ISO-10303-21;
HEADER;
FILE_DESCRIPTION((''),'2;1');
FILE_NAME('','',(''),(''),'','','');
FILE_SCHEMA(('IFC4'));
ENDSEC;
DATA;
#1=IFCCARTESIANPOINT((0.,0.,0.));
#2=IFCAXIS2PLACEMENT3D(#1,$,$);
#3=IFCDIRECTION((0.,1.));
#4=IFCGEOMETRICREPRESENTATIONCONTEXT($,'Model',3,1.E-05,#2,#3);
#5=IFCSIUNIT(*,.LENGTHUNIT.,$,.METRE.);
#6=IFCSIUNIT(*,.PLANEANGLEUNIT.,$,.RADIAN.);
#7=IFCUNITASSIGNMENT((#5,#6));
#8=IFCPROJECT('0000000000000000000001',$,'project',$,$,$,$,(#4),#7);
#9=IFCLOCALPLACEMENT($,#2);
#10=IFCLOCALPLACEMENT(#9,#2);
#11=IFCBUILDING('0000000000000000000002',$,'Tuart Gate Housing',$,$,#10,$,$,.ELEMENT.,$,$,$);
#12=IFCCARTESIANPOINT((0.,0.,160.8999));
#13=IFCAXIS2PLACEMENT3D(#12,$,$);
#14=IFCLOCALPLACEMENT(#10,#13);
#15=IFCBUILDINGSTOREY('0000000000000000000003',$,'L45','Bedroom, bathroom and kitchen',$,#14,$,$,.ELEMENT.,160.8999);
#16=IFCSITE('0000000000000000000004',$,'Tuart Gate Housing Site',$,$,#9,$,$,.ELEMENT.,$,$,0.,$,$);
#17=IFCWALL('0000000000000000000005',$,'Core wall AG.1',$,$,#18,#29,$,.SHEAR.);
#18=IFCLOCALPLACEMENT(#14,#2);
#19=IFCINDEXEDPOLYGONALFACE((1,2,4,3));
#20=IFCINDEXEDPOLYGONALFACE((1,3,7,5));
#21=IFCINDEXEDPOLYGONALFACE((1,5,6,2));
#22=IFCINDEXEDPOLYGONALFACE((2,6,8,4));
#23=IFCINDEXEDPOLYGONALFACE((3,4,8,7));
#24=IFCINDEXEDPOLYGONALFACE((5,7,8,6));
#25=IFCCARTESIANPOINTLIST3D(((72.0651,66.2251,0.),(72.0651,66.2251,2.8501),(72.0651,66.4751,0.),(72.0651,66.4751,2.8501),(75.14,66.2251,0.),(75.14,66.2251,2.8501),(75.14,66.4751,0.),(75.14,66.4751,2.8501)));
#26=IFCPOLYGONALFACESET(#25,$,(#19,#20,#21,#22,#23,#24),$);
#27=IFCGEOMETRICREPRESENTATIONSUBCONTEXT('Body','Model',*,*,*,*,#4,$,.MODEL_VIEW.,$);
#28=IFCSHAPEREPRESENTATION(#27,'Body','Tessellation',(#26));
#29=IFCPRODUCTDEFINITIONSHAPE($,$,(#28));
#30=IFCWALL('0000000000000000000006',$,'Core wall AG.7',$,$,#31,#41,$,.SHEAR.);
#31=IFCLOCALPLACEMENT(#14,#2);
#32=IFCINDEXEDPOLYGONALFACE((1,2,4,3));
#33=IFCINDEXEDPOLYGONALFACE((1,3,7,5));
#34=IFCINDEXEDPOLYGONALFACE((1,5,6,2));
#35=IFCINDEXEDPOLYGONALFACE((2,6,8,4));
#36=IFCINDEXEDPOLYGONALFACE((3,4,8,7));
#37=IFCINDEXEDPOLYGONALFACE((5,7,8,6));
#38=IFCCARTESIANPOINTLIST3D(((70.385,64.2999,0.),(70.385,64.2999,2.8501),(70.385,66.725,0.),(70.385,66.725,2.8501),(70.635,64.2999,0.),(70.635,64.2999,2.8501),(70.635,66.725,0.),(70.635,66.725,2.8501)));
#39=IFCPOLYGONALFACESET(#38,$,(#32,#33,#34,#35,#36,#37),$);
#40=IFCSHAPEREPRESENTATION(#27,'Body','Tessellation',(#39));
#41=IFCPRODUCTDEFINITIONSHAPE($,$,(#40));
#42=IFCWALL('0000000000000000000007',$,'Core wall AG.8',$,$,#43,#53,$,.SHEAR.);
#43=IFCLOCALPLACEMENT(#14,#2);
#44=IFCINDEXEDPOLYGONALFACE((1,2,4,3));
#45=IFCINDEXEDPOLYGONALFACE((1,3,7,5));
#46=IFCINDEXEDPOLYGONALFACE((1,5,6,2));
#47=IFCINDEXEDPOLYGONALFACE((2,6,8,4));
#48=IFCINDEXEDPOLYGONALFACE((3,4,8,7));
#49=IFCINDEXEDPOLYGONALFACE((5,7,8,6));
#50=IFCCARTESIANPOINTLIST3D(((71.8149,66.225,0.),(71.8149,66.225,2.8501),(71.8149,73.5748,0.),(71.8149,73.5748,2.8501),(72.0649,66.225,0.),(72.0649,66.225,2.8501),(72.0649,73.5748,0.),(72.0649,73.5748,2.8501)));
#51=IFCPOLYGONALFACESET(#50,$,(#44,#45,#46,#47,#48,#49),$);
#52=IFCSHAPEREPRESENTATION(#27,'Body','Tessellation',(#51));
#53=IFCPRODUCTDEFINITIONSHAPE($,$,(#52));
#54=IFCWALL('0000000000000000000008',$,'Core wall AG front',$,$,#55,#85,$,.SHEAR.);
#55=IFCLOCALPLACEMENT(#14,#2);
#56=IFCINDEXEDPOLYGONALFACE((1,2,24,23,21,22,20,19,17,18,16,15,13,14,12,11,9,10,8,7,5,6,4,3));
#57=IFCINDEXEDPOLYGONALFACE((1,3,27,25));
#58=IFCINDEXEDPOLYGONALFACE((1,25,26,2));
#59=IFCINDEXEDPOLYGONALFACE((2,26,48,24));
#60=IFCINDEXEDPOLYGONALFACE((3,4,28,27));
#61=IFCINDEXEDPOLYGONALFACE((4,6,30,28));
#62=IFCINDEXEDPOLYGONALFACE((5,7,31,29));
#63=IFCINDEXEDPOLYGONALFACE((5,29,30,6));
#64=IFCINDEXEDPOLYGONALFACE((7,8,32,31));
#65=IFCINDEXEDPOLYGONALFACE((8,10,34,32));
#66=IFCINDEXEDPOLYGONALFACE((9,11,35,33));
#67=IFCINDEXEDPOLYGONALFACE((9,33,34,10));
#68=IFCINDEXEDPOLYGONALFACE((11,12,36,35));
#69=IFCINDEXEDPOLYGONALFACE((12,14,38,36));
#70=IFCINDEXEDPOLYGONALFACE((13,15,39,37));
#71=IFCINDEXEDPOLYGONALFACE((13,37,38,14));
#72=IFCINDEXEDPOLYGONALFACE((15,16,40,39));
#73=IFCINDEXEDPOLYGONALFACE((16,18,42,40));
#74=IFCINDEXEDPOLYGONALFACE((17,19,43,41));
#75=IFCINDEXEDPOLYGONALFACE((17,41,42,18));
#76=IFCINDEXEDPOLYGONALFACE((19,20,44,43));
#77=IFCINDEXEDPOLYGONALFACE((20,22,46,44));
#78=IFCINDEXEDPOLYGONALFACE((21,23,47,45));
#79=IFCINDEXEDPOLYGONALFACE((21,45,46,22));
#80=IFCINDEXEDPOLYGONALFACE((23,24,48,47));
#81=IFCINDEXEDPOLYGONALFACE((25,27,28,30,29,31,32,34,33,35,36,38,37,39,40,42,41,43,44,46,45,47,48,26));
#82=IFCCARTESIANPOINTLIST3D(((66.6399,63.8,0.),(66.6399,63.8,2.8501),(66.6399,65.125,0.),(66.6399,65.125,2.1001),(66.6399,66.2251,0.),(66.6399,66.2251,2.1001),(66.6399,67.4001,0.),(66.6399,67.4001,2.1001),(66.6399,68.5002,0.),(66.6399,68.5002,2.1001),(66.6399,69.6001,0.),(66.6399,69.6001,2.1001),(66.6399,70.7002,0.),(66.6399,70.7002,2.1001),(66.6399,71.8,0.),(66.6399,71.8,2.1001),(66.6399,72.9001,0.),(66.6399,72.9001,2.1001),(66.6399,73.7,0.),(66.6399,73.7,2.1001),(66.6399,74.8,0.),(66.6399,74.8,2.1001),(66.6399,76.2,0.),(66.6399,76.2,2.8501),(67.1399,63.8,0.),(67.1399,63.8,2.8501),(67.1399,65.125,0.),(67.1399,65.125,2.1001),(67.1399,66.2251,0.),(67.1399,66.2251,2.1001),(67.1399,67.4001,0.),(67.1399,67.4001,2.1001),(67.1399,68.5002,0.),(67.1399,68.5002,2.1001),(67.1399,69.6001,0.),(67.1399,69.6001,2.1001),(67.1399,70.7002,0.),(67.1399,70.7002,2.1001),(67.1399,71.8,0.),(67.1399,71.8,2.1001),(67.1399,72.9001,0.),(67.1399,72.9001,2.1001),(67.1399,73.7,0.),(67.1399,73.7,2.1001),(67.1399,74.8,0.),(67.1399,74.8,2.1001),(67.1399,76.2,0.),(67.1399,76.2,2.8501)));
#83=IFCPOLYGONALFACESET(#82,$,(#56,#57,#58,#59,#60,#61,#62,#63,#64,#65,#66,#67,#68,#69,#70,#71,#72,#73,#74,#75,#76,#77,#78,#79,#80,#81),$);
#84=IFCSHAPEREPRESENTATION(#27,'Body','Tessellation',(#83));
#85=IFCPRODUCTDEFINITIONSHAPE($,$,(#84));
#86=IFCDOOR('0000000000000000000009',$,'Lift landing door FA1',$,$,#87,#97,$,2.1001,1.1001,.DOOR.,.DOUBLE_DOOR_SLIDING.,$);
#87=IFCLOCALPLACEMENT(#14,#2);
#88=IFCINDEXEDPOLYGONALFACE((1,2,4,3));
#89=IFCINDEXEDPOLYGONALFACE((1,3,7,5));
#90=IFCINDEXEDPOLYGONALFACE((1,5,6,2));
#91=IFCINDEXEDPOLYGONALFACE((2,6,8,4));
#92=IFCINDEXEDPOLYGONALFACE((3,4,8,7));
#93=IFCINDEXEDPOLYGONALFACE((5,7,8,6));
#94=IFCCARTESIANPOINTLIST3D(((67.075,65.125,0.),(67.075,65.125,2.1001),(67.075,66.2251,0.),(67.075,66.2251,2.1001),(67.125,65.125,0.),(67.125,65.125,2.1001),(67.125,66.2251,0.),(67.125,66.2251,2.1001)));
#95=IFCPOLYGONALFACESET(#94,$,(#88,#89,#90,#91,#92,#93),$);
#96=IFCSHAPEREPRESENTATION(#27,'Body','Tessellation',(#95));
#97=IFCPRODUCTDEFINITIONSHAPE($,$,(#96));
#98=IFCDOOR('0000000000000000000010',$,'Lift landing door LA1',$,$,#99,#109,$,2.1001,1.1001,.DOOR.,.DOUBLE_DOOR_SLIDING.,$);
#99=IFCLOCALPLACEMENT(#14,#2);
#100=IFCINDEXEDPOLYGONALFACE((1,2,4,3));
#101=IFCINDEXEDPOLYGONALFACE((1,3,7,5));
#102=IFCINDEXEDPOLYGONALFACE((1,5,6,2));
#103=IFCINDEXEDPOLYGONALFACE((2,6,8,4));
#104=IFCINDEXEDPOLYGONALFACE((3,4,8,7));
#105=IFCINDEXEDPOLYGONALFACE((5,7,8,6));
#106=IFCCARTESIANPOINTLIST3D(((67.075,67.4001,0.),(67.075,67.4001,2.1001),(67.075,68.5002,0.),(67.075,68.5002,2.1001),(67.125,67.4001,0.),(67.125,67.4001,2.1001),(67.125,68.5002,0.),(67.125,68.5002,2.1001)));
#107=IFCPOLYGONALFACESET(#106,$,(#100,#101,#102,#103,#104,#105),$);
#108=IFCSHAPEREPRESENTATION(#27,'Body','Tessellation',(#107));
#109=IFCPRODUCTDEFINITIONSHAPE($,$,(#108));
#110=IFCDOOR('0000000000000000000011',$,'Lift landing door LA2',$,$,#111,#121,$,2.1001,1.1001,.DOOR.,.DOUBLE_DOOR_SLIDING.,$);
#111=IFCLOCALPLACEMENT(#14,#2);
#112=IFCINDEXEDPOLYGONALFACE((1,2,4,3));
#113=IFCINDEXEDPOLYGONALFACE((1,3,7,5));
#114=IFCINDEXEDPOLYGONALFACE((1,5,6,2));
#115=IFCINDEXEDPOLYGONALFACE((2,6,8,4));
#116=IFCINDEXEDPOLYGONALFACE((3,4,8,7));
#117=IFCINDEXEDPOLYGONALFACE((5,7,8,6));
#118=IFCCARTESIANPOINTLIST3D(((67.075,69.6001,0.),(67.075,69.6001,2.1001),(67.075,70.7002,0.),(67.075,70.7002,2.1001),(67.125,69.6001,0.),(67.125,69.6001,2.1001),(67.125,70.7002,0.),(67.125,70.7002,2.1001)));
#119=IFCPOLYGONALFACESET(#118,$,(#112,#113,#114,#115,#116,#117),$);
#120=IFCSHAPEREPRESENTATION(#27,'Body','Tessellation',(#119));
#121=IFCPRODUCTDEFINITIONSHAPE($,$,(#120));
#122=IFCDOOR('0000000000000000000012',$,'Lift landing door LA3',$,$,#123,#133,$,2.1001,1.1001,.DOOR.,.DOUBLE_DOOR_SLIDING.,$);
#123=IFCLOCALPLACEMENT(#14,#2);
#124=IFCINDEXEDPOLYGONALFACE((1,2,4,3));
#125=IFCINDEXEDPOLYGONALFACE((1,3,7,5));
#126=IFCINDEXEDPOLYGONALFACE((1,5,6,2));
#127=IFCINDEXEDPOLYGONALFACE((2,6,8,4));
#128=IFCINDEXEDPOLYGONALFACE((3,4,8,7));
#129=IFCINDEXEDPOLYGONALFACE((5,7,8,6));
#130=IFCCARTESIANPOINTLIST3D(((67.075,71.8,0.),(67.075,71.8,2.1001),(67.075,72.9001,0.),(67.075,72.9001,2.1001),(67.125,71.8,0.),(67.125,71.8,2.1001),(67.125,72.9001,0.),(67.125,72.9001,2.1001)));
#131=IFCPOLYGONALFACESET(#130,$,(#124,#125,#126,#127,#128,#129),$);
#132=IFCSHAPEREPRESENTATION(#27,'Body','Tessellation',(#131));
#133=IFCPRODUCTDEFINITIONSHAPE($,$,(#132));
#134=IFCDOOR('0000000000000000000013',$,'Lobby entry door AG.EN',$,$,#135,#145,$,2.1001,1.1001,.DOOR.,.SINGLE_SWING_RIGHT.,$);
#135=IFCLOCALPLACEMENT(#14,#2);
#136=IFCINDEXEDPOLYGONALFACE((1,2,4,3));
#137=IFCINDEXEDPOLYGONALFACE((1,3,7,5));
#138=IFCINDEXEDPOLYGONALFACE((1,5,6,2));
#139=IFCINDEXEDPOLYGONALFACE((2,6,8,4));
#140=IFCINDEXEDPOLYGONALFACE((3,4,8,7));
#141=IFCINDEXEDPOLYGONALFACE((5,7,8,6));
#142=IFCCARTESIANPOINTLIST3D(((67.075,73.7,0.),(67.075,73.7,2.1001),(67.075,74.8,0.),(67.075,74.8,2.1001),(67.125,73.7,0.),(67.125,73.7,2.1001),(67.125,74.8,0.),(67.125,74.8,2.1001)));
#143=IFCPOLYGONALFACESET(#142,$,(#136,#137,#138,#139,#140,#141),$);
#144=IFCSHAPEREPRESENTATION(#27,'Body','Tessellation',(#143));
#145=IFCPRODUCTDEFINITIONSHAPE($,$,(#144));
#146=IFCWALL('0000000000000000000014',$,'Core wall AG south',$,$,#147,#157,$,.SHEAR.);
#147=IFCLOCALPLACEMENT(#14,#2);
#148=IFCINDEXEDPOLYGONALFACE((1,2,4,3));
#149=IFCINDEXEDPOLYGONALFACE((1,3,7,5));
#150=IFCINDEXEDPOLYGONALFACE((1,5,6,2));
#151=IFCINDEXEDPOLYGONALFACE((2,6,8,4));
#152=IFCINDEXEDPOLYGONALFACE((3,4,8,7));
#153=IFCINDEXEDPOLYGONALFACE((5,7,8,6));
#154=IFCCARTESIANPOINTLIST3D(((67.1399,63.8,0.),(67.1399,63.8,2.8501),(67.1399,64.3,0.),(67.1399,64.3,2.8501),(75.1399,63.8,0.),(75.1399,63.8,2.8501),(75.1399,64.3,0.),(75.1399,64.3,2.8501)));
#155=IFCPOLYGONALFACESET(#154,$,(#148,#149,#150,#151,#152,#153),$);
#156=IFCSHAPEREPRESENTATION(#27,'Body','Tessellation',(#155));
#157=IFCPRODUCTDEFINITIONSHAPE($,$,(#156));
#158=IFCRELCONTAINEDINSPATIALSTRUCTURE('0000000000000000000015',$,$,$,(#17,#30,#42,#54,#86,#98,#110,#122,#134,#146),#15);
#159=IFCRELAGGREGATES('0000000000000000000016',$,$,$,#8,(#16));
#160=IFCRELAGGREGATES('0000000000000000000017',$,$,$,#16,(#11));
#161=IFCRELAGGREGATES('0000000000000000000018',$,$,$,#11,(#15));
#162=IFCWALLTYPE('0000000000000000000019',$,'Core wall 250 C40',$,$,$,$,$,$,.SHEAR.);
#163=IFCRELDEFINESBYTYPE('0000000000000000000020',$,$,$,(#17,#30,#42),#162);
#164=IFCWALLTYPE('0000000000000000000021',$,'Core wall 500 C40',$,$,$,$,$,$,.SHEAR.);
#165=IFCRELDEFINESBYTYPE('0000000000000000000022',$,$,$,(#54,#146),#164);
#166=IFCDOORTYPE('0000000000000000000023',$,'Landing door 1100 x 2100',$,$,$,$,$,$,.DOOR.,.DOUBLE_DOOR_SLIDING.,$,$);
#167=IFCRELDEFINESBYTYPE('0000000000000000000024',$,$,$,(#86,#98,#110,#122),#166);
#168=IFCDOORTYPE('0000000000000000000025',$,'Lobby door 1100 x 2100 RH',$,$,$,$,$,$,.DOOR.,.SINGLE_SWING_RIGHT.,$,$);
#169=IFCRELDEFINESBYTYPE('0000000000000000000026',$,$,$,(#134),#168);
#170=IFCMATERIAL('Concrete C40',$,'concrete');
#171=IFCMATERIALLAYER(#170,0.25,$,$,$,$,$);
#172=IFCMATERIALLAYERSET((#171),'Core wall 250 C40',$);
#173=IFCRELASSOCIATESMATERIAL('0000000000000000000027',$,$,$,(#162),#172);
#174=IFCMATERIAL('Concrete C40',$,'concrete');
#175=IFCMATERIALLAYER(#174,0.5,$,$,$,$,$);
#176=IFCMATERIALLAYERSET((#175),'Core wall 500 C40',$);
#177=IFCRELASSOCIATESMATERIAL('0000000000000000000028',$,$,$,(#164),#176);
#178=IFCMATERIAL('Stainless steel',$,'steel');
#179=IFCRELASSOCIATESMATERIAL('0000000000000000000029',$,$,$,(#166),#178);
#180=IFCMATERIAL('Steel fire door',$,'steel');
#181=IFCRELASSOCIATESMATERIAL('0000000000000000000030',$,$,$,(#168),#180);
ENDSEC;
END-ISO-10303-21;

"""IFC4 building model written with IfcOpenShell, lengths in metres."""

from ifc_helpers import new_model, si_unit, direction, frame, frame_2d, origin, place, context, subcontext, project, spatial, rectangle, extrude, material, layer, layer_set, type_object, element, fill, save


model = new_model("IFC4")

# Units and contexts
model_context = context("Model", 3, precision=1e-05, world=origin(), true_north=direction((0.0, 1.0)))
body_context = subcontext(model_context, "Body", "Model", "MODEL_VIEW")
ifc_project = project(units=[si_unit("LENGTHUNIT", "METRE"), si_unit("PLANEANGLEUNIT", "RADIAN")], contexts=[model_context])

# Site, building, storey
site_placement = place(None, origin())
site = spatial("IfcSite", under=ifc_project, at=site_placement, Name="Tuart Gate Housing Site", CompositionType="ELEMENT", RefElevation=0.0)
building_placement = place(site_placement, origin())
building = spatial("IfcBuilding", under=site, at=building_placement, Name="Tuart Gate Housing", CompositionType="ELEMENT")
storey_placement = place(building_placement, frame((0.0, 0.0, 160.8999)))
storey = spatial("IfcBuildingStorey", under=building, at=storey_placement, Name="L45", Description="Bedroom, bathroom and kitchen", CompositionType="ELEMENT", Elevation=160.8999)

# Walls
ifc_material_1 = material(Name="Concrete C40", Category="concrete")
ifc_layer_1 = layer(ifc_material_1, 0.25)
ifc_layer_set_1 = layer_set([ifc_layer_1], Name="Core wall 250 C40")
wall_type_1 = type_object("IfcWallType", Name="Core wall 250 C40", PredefinedType="SHEAR", material=ifc_layer_set_1)
wall_1_placement = place(storey_placement, frame((72.0649, 66.3501, 0.0), z_axis=(0.0, 0.0, 1.0), x_axis=(1.0, 0.0, 0.0)))
element("IfcWall", 1, at=wall_1_placement, inside=storey, type_object=wall_type_1, Name="Core wall AG.1", PredefinedType="SHEAR", context=body_context, shape_type="SweptSolid", body=[
    extrude(rectangle(XDim=3.075, YDim=0.25, at=frame_2d((1.5376, 0.0))), origin(), (0.0, 0.0, 1.0), 2.8501),
])
wall_2_placement = place(storey_placement, frame((70.51, 64.3, 0.0), z_axis=(0.0, 0.0, 1.0), x_axis=(0.0, 1.0, 0.0)))
element("IfcWall", 2, at=wall_2_placement, inside=storey, type_object=wall_type_1, Name="Core wall AG.7", PredefinedType="SHEAR", context=body_context, shape_type="SweptSolid", body=[
    extrude(rectangle(XDim=2.425, YDim=0.25, at=frame_2d((1.2124, 0.0))), origin(), (0.0, 0.0, 1.0), 2.8501),
])
wall_3_placement = place(storey_placement, frame((71.9399, 66.2251, 0.0), z_axis=(0.0, 0.0, 1.0), x_axis=(0.0, 1.0, 0.0)))
element("IfcWall", 3, at=wall_3_placement, inside=storey, type_object=wall_type_1, Name="Core wall AG.8", PredefinedType="SHEAR", context=body_context, shape_type="SweptSolid", body=[
    extrude(rectangle(XDim=7.3499, YDim=0.25, at=frame_2d((3.6748, 0.0))), origin(), (0.0, 0.0, 1.0), 2.8501),
])

# Wall, openings, doors
ifc_material_2 = material(Name="Concrete C40", Category="concrete")
ifc_layer_2 = layer(ifc_material_2, 0.5)
ifc_layer_set_2 = layer_set([ifc_layer_2], Name="Core wall 500 C40")
wall_type_2 = type_object("IfcWallType", Name="Core wall 500 C40", PredefinedType="SHEAR", material=ifc_layer_set_2)
wall_4_placement = place(storey_placement, frame((66.8899, 63.8, 0.0), z_axis=(0.0, 0.0, 1.0), x_axis=(0.0, 1.0, 0.0)))
wall_4 = element("IfcWall", 4, at=wall_4_placement, inside=storey, type_object=wall_type_2, Name="Core wall AG front", PredefinedType="SHEAR", context=body_context, shape_type="SweptSolid", body=[
    extrude(rectangle(XDim=12.3999, YDim=0.5, at=frame_2d((6.2, 0.0))), origin(), (0.0, 0.0, 1.0), 2.8501),
])
opening_1_placement = place(wall_4_placement, frame((1.325, 0.0, 0.0)))
opening_1 = element("IfcOpeningElement", 5, at=opening_1_placement, cuts=wall_4, PredefinedType="OPENING", context=body_context, shape_type="SweptSolid", body=[
    extrude(rectangle(XDim=1.1001, YDim=2.1001, at=frame_2d((0.55, 1.05))), frame((0.0, 0.26, 0.0), z_axis=(0.0, -1.0, 0.0), x_axis=(1.0, 0.0, 0.0)), (0.0, 0.0, 1.0), 0.52),
])
opening_2_placement = place(wall_4_placement, frame((3.6001, 0.0, 0.0)))
opening_2 = element("IfcOpeningElement", 6, at=opening_2_placement, cuts=wall_4, PredefinedType="OPENING", context=body_context, shape_type="SweptSolid", body=[
    extrude(rectangle(XDim=1.1001, YDim=2.1001, at=frame_2d((0.55, 1.05))), frame((0.0, 0.26, 0.0), z_axis=(0.0, -1.0, 0.0), x_axis=(1.0, 0.0, 0.0)), (0.0, 0.0, 1.0), 0.52),
])
opening_3_placement = place(wall_4_placement, frame((5.8, 0.0, 0.0)))
opening_3 = element("IfcOpeningElement", 7, at=opening_3_placement, cuts=wall_4, PredefinedType="OPENING", context=body_context, shape_type="SweptSolid", body=[
    extrude(rectangle(XDim=1.1001, YDim=2.1001, at=frame_2d((0.55, 1.05))), frame((0.0, 0.26, 0.0), z_axis=(0.0, -1.0, 0.0), x_axis=(1.0, 0.0, 0.0)), (0.0, 0.0, 1.0), 0.52),
])
opening_4_placement = place(wall_4_placement, frame((8.0, 0.0, 0.0)))
opening_4 = element("IfcOpeningElement", 8, at=opening_4_placement, cuts=wall_4, PredefinedType="OPENING", context=body_context, shape_type="SweptSolid", body=[
    extrude(rectangle(XDim=1.1001, YDim=2.1001, at=frame_2d((0.55, 1.05))), frame((0.0, 0.26, 0.0), z_axis=(0.0, -1.0, 0.0), x_axis=(1.0, 0.0, 0.0)), (0.0, 0.0, 1.0), 0.52),
])
opening_5_placement = place(wall_4_placement, frame((9.8999, 0.0, 0.0)))
opening_5 = element("IfcOpeningElement", 9, at=opening_5_placement, cuts=wall_4, PredefinedType="OPENING", context=body_context, shape_type="SweptSolid", body=[
    extrude(rectangle(XDim=1.1001, YDim=2.1001, at=frame_2d((0.55, 1.05))), frame((0.0, 0.26, 0.0), z_axis=(0.0, -1.0, 0.0), x_axis=(1.0, 0.0, 0.0)), (0.0, 0.0, 1.0), 0.52),
])
ifc_material_3 = material(Name="Stainless steel", Category="steel")
door_type_1 = type_object("IfcDoorType", Name="Landing door 1100 x 2100", OperationType="DOUBLE_DOOR_SLIDING", PredefinedType="DOOR", material=ifc_material_3)
door_1_placement = place(opening_1_placement, origin())
door_1 = element("IfcDoor", 10, at=door_1_placement, inside=storey, type_object=door_type_1, Name="Lift landing door FA1", OperationType="DOUBLE_DOOR_SLIDING", OverallHeight=2.1001, OverallWidth=1.1001, PredefinedType="DOOR", context=body_context, shape_type="SweptSolid", body=[
    extrude(rectangle(XDim=1.1001, YDim=2.1001, at=frame_2d((0.55, 1.05))), frame((0.0, -0.1851, 0.0), z_axis=(0.0, -1.0, 0.0), x_axis=(1.0, 0.0, 0.0)), (0.0, 0.0, 1.0), 0.05),
])
fill(opening_1, door_1)
door_2_placement = place(opening_2_placement, origin())
door_2 = element("IfcDoor", 11, at=door_2_placement, inside=storey, type_object=door_type_1, Name="Lift landing door LA1", OperationType="DOUBLE_DOOR_SLIDING", OverallHeight=2.1001, OverallWidth=1.1001, PredefinedType="DOOR", context=body_context, shape_type="SweptSolid", body=[
    extrude(rectangle(XDim=1.1001, YDim=2.1001, at=frame_2d((0.55, 1.05))), frame((0.0, -0.1851, 0.0), z_axis=(0.0, -1.0, 0.0), x_axis=(1.0, 0.0, 0.0)), (0.0, 0.0, 1.0), 0.05),
])
fill(opening_2, door_2)
door_3_placement = place(opening_3_placement, origin())
door_3 = element("IfcDoor", 12, at=door_3_placement, inside=storey, type_object=door_type_1, Name="Lift landing door LA2", OperationType="DOUBLE_DOOR_SLIDING", OverallHeight=2.1001, OverallWidth=1.1001, PredefinedType="DOOR", context=body_context, shape_type="SweptSolid", body=[
    extrude(rectangle(XDim=1.1001, YDim=2.1001, at=frame_2d((0.55, 1.05))), frame((0.0, -0.1851, 0.0), z_axis=(0.0, -1.0, 0.0), x_axis=(1.0, 0.0, 0.0)), (0.0, 0.0, 1.0), 0.05),
])
fill(opening_3, door_3)
door_4_placement = place(opening_4_placement, origin())
door_4 = element("IfcDoor", 13, at=door_4_placement, inside=storey, type_object=door_type_1, Name="Lift landing door LA3", OperationType="DOUBLE_DOOR_SLIDING", OverallHeight=2.1001, OverallWidth=1.1001, PredefinedType="DOOR", context=body_context, shape_type="SweptSolid", body=[
    extrude(rectangle(XDim=1.1001, YDim=2.1001, at=frame_2d((0.55, 1.05))), frame((0.0, -0.1851, 0.0), z_axis=(0.0, -1.0, 0.0), x_axis=(1.0, 0.0, 0.0)), (0.0, 0.0, 1.0), 0.05),
])
fill(opening_4, door_4)
ifc_material_4 = material(Name="Steel fire door", Category="steel")
door_type_2 = type_object("IfcDoorType", Name="Lobby door 1100 x 2100 RH", OperationType="SINGLE_SWING_RIGHT", PredefinedType="DOOR", material=ifc_material_4)
door_5_placement = place(opening_5_placement, frame((1.1001, 0.0, 0.0), z_axis=(0.0, 0.0, 1.0), x_axis=(-1.0, 0.0, 0.0)))
door_5 = element("IfcDoor", 14, at=door_5_placement, inside=storey, type_object=door_type_2, Name="Lobby entry door AG.EN", OperationType="SINGLE_SWING_RIGHT", OverallHeight=2.1001, OverallWidth=1.1001, PredefinedType="DOOR", context=body_context, shape_type="SweptSolid", body=[
    extrude(rectangle(XDim=1.1001, YDim=2.1001, at=frame_2d((0.55, 1.05))), frame((0.0, 0.2351, 0.0), z_axis=(0.0, -1.0, 0.0), x_axis=(1.0, 0.0, 0.0)), (0.0, 0.0, 1.0), 0.05),
])
fill(opening_5, door_5)

# Wall
wall_5_placement = place(storey_placement, frame((67.1399, 64.05, 0.0), z_axis=(0.0, 0.0, 1.0), x_axis=(1.0, 0.0, 0.0)))
element("IfcWall", 15, at=wall_5_placement, inside=storey, type_object=wall_type_2, Name="Core wall AG south", PredefinedType="SHEAR", context=body_context, shape_type="SweptSolid", body=[
    extrude(rectangle(XDim=8.0, YDim=0.5, at=frame_2d((4.0, 0.0))), origin(), (0.0, 0.0, 1.0), 2.8501),
])

save(model, "model.ifc")
